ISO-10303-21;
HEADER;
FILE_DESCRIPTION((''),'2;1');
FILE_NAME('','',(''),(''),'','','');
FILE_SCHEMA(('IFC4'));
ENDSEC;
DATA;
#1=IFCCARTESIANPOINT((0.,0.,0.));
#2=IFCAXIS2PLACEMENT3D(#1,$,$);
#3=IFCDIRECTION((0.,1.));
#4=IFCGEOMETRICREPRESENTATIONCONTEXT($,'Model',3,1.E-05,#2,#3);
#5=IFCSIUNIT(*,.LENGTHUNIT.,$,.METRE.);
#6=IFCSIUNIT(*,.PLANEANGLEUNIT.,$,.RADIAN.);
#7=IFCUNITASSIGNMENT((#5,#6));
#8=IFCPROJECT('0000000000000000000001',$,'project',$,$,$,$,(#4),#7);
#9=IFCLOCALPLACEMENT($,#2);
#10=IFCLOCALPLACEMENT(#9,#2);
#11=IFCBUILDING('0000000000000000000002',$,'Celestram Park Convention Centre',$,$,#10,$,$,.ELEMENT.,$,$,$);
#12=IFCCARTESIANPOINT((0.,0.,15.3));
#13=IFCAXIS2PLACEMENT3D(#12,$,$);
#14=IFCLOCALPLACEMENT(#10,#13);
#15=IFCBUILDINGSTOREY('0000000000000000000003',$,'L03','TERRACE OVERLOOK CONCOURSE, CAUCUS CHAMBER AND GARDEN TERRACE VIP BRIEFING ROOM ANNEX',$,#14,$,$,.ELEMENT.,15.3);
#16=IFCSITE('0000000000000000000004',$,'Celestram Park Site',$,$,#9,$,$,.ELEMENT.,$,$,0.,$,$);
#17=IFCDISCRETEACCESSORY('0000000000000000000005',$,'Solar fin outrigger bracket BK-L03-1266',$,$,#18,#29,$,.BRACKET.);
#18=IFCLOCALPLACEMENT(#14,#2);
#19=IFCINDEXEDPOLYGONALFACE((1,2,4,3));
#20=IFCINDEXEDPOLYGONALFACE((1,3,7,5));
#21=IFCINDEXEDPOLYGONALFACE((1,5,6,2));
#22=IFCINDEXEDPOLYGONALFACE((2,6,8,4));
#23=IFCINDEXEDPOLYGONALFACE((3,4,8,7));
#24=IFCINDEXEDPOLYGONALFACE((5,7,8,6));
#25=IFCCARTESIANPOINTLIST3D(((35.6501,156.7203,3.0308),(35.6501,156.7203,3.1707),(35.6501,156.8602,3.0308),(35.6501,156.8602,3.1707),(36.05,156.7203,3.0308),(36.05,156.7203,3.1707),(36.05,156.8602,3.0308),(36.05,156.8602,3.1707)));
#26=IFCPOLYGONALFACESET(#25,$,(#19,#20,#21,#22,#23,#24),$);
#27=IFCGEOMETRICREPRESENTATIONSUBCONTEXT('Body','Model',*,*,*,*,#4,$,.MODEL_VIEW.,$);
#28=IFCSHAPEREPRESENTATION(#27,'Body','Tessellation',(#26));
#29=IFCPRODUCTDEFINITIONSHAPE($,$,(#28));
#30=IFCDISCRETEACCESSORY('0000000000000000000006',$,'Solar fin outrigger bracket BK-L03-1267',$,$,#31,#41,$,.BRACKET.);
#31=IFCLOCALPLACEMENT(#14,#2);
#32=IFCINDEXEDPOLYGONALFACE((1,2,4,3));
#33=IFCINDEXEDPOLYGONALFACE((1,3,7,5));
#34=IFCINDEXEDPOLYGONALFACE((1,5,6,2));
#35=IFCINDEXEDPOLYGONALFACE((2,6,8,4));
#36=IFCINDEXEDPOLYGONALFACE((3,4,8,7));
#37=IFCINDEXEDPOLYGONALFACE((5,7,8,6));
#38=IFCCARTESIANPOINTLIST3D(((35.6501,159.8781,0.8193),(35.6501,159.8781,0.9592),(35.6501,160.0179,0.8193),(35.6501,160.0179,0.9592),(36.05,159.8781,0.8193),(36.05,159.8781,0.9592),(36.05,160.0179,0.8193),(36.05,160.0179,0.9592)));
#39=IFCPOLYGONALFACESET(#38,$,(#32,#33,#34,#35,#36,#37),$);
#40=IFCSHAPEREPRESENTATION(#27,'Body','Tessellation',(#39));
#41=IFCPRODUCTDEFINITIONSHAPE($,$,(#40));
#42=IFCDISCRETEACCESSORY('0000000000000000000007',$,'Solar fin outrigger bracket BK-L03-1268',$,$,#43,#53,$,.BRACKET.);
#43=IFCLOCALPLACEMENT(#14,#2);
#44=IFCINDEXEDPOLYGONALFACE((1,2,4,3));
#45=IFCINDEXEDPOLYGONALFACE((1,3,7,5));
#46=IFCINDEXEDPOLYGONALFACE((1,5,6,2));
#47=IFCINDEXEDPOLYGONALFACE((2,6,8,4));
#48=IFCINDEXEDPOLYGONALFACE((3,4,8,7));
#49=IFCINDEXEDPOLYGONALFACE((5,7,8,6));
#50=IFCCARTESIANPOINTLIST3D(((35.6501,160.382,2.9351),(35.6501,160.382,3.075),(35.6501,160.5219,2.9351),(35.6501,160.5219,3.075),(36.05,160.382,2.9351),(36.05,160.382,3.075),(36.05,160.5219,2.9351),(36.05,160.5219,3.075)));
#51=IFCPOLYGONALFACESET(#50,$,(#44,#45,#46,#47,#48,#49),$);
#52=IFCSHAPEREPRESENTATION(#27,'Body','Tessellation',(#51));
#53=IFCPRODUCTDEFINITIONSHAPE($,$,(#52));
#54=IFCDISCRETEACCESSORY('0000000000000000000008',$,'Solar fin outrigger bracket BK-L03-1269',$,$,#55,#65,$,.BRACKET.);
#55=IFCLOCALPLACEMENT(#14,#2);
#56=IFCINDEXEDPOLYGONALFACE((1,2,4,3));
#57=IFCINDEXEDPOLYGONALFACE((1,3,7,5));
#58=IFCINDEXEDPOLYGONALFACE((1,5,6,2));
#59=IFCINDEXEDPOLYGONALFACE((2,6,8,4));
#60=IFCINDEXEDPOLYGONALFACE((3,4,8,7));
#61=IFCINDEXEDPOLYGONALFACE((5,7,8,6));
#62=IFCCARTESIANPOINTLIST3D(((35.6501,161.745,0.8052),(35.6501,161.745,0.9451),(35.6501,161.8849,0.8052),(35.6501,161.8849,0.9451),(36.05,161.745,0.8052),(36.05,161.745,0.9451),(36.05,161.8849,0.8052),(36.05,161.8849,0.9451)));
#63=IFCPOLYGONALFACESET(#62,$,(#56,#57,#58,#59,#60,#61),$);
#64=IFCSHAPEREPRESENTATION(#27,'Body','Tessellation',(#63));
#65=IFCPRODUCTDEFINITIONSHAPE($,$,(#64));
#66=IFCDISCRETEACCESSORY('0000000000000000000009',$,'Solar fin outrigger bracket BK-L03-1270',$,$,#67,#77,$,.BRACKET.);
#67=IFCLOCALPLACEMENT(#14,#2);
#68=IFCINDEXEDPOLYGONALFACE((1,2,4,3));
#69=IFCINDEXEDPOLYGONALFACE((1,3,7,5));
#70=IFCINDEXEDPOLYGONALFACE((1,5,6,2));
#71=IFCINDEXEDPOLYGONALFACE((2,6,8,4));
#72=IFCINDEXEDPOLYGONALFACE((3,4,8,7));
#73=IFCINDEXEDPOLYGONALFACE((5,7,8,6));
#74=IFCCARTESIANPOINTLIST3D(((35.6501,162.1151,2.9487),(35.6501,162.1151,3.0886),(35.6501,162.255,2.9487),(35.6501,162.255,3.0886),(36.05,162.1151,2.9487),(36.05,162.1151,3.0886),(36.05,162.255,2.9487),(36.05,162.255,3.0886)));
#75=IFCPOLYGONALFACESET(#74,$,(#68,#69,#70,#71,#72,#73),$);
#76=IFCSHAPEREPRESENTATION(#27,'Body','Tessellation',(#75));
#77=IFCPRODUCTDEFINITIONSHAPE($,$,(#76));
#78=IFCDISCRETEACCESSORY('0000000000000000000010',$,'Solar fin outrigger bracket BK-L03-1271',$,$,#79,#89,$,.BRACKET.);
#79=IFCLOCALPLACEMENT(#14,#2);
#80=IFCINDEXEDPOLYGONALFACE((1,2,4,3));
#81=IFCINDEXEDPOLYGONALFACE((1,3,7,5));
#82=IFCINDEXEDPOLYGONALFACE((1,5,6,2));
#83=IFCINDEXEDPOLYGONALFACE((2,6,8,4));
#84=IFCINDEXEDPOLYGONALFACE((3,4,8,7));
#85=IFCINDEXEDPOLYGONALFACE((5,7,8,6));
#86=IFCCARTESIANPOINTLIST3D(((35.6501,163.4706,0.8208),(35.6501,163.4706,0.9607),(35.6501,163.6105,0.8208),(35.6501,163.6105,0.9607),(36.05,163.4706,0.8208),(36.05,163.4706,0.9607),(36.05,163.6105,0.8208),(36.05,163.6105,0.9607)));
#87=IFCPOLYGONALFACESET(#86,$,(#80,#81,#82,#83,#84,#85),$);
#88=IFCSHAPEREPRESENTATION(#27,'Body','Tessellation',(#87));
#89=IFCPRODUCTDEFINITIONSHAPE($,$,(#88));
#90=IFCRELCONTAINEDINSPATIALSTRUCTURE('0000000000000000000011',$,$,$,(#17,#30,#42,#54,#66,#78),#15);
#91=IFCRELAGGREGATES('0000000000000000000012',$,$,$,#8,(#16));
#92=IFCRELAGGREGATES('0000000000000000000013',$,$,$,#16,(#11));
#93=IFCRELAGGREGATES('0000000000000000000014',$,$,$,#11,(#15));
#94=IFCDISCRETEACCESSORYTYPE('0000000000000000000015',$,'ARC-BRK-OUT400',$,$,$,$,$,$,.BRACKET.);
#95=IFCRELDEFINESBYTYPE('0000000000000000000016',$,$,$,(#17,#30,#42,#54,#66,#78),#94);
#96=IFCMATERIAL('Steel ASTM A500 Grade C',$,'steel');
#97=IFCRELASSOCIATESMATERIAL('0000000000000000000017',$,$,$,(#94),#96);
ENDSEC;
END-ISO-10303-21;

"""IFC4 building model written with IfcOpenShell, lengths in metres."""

from ifc_helpers import new_model, si_unit, direction, frame, origin, origin_2d, place, context, subcontext, project, spatial, rectangle, extrude, material, type_object, element, save


model = new_model("IFC4")

# Units and contexts
model_context = context("Model", 3, precision=1e-05, world=origin(), true_north=direction((0.0, 1.0)))
body_context = subcontext(model_context, "Body", "Model", "MODEL_VIEW")
ifc_project = project(units=[si_unit("LENGTHUNIT", "METRE"), si_unit("PLANEANGLEUNIT", "RADIAN")], contexts=[model_context])

# Site, building, storey
site_placement = place(None, origin())
site = spatial("IfcSite", under=ifc_project, at=site_placement, Name="Celestram Park Site", CompositionType="ELEMENT", RefElevation=0.0)
building_placement = place(site_placement, origin())
building = spatial("IfcBuilding", under=site, at=building_placement, Name="Celestram Park Convention Centre", CompositionType="ELEMENT")
storey_placement = place(building_placement, frame((0.0, 0.0, 15.3)))
storey = spatial("IfcBuildingStorey", under=building, at=storey_placement, Name="L03", Description="TERRACE OVERLOOK CONCOURSE, CAUCUS CHAMBER AND GARDEN TERRACE VIP BRIEFING ROOM ANNEX", CompositionType="ELEMENT", Elevation=15.3)

# Shared definitions
ifc_material_1 = material(Name="Steel ASTM A500 Grade C", Category="steel")

# Discrete accessories
discrete_accessory_type = type_object("IfcDiscreteAccessoryType", Name="ARC-BRK-OUT400", PredefinedType="BRACKET", material=ifc_material_1)
for number, where, z_axis, x_axis, name in (
    (1, (35.8501, 156.7903, 3.0308), (0.0, 0.0, 1.0), (-1.0, 0.0, 0.0), "Solar fin outrigger bracket BK-L03-1266"),
    (2, (35.8501, 159.948, 0.8193), (0.0, 0.0, 1.0), (-1.0, 0.0, 0.0), "Solar fin outrigger bracket BK-L03-1267"),
    (3, (35.8501, 160.4519, 2.9351), (0.0, 0.0, 1.0), (-1.0, 0.0, 0.0), "Solar fin outrigger bracket BK-L03-1268"),
    (4, (35.8501, 161.8149, 0.8052), (0.0, 0.0, 1.0), (-1.0, 0.0, 0.0), "Solar fin outrigger bracket BK-L03-1269"),
    (5, (35.8501, 162.1851, 2.9487), (0.0, 0.0, 1.0), (-1.0, 0.0, 0.0), "Solar fin outrigger bracket BK-L03-1270"),
    (6, (35.8501, 163.5405, 0.8208), (0.0, 0.0, 1.0), (-1.0, 0.0, 0.0), "Solar fin outrigger bracket BK-L03-1271"),
):
    element("IfcDiscreteAccessory", number, at=place(storey_placement, frame(where, z_axis=z_axis, x_axis=x_axis)), inside=storey, type_object=discrete_accessory_type, Name=name, PredefinedType="BRACKET", context=body_context, shape_type="SweptSolid", body=[
        extrude(rectangle(XDim=0.3999, YDim=0.1399, at=origin_2d()), origin(), (0.0, 0.0, 1.0), 0.1399),
    ])

save(model, "model.ifc")
